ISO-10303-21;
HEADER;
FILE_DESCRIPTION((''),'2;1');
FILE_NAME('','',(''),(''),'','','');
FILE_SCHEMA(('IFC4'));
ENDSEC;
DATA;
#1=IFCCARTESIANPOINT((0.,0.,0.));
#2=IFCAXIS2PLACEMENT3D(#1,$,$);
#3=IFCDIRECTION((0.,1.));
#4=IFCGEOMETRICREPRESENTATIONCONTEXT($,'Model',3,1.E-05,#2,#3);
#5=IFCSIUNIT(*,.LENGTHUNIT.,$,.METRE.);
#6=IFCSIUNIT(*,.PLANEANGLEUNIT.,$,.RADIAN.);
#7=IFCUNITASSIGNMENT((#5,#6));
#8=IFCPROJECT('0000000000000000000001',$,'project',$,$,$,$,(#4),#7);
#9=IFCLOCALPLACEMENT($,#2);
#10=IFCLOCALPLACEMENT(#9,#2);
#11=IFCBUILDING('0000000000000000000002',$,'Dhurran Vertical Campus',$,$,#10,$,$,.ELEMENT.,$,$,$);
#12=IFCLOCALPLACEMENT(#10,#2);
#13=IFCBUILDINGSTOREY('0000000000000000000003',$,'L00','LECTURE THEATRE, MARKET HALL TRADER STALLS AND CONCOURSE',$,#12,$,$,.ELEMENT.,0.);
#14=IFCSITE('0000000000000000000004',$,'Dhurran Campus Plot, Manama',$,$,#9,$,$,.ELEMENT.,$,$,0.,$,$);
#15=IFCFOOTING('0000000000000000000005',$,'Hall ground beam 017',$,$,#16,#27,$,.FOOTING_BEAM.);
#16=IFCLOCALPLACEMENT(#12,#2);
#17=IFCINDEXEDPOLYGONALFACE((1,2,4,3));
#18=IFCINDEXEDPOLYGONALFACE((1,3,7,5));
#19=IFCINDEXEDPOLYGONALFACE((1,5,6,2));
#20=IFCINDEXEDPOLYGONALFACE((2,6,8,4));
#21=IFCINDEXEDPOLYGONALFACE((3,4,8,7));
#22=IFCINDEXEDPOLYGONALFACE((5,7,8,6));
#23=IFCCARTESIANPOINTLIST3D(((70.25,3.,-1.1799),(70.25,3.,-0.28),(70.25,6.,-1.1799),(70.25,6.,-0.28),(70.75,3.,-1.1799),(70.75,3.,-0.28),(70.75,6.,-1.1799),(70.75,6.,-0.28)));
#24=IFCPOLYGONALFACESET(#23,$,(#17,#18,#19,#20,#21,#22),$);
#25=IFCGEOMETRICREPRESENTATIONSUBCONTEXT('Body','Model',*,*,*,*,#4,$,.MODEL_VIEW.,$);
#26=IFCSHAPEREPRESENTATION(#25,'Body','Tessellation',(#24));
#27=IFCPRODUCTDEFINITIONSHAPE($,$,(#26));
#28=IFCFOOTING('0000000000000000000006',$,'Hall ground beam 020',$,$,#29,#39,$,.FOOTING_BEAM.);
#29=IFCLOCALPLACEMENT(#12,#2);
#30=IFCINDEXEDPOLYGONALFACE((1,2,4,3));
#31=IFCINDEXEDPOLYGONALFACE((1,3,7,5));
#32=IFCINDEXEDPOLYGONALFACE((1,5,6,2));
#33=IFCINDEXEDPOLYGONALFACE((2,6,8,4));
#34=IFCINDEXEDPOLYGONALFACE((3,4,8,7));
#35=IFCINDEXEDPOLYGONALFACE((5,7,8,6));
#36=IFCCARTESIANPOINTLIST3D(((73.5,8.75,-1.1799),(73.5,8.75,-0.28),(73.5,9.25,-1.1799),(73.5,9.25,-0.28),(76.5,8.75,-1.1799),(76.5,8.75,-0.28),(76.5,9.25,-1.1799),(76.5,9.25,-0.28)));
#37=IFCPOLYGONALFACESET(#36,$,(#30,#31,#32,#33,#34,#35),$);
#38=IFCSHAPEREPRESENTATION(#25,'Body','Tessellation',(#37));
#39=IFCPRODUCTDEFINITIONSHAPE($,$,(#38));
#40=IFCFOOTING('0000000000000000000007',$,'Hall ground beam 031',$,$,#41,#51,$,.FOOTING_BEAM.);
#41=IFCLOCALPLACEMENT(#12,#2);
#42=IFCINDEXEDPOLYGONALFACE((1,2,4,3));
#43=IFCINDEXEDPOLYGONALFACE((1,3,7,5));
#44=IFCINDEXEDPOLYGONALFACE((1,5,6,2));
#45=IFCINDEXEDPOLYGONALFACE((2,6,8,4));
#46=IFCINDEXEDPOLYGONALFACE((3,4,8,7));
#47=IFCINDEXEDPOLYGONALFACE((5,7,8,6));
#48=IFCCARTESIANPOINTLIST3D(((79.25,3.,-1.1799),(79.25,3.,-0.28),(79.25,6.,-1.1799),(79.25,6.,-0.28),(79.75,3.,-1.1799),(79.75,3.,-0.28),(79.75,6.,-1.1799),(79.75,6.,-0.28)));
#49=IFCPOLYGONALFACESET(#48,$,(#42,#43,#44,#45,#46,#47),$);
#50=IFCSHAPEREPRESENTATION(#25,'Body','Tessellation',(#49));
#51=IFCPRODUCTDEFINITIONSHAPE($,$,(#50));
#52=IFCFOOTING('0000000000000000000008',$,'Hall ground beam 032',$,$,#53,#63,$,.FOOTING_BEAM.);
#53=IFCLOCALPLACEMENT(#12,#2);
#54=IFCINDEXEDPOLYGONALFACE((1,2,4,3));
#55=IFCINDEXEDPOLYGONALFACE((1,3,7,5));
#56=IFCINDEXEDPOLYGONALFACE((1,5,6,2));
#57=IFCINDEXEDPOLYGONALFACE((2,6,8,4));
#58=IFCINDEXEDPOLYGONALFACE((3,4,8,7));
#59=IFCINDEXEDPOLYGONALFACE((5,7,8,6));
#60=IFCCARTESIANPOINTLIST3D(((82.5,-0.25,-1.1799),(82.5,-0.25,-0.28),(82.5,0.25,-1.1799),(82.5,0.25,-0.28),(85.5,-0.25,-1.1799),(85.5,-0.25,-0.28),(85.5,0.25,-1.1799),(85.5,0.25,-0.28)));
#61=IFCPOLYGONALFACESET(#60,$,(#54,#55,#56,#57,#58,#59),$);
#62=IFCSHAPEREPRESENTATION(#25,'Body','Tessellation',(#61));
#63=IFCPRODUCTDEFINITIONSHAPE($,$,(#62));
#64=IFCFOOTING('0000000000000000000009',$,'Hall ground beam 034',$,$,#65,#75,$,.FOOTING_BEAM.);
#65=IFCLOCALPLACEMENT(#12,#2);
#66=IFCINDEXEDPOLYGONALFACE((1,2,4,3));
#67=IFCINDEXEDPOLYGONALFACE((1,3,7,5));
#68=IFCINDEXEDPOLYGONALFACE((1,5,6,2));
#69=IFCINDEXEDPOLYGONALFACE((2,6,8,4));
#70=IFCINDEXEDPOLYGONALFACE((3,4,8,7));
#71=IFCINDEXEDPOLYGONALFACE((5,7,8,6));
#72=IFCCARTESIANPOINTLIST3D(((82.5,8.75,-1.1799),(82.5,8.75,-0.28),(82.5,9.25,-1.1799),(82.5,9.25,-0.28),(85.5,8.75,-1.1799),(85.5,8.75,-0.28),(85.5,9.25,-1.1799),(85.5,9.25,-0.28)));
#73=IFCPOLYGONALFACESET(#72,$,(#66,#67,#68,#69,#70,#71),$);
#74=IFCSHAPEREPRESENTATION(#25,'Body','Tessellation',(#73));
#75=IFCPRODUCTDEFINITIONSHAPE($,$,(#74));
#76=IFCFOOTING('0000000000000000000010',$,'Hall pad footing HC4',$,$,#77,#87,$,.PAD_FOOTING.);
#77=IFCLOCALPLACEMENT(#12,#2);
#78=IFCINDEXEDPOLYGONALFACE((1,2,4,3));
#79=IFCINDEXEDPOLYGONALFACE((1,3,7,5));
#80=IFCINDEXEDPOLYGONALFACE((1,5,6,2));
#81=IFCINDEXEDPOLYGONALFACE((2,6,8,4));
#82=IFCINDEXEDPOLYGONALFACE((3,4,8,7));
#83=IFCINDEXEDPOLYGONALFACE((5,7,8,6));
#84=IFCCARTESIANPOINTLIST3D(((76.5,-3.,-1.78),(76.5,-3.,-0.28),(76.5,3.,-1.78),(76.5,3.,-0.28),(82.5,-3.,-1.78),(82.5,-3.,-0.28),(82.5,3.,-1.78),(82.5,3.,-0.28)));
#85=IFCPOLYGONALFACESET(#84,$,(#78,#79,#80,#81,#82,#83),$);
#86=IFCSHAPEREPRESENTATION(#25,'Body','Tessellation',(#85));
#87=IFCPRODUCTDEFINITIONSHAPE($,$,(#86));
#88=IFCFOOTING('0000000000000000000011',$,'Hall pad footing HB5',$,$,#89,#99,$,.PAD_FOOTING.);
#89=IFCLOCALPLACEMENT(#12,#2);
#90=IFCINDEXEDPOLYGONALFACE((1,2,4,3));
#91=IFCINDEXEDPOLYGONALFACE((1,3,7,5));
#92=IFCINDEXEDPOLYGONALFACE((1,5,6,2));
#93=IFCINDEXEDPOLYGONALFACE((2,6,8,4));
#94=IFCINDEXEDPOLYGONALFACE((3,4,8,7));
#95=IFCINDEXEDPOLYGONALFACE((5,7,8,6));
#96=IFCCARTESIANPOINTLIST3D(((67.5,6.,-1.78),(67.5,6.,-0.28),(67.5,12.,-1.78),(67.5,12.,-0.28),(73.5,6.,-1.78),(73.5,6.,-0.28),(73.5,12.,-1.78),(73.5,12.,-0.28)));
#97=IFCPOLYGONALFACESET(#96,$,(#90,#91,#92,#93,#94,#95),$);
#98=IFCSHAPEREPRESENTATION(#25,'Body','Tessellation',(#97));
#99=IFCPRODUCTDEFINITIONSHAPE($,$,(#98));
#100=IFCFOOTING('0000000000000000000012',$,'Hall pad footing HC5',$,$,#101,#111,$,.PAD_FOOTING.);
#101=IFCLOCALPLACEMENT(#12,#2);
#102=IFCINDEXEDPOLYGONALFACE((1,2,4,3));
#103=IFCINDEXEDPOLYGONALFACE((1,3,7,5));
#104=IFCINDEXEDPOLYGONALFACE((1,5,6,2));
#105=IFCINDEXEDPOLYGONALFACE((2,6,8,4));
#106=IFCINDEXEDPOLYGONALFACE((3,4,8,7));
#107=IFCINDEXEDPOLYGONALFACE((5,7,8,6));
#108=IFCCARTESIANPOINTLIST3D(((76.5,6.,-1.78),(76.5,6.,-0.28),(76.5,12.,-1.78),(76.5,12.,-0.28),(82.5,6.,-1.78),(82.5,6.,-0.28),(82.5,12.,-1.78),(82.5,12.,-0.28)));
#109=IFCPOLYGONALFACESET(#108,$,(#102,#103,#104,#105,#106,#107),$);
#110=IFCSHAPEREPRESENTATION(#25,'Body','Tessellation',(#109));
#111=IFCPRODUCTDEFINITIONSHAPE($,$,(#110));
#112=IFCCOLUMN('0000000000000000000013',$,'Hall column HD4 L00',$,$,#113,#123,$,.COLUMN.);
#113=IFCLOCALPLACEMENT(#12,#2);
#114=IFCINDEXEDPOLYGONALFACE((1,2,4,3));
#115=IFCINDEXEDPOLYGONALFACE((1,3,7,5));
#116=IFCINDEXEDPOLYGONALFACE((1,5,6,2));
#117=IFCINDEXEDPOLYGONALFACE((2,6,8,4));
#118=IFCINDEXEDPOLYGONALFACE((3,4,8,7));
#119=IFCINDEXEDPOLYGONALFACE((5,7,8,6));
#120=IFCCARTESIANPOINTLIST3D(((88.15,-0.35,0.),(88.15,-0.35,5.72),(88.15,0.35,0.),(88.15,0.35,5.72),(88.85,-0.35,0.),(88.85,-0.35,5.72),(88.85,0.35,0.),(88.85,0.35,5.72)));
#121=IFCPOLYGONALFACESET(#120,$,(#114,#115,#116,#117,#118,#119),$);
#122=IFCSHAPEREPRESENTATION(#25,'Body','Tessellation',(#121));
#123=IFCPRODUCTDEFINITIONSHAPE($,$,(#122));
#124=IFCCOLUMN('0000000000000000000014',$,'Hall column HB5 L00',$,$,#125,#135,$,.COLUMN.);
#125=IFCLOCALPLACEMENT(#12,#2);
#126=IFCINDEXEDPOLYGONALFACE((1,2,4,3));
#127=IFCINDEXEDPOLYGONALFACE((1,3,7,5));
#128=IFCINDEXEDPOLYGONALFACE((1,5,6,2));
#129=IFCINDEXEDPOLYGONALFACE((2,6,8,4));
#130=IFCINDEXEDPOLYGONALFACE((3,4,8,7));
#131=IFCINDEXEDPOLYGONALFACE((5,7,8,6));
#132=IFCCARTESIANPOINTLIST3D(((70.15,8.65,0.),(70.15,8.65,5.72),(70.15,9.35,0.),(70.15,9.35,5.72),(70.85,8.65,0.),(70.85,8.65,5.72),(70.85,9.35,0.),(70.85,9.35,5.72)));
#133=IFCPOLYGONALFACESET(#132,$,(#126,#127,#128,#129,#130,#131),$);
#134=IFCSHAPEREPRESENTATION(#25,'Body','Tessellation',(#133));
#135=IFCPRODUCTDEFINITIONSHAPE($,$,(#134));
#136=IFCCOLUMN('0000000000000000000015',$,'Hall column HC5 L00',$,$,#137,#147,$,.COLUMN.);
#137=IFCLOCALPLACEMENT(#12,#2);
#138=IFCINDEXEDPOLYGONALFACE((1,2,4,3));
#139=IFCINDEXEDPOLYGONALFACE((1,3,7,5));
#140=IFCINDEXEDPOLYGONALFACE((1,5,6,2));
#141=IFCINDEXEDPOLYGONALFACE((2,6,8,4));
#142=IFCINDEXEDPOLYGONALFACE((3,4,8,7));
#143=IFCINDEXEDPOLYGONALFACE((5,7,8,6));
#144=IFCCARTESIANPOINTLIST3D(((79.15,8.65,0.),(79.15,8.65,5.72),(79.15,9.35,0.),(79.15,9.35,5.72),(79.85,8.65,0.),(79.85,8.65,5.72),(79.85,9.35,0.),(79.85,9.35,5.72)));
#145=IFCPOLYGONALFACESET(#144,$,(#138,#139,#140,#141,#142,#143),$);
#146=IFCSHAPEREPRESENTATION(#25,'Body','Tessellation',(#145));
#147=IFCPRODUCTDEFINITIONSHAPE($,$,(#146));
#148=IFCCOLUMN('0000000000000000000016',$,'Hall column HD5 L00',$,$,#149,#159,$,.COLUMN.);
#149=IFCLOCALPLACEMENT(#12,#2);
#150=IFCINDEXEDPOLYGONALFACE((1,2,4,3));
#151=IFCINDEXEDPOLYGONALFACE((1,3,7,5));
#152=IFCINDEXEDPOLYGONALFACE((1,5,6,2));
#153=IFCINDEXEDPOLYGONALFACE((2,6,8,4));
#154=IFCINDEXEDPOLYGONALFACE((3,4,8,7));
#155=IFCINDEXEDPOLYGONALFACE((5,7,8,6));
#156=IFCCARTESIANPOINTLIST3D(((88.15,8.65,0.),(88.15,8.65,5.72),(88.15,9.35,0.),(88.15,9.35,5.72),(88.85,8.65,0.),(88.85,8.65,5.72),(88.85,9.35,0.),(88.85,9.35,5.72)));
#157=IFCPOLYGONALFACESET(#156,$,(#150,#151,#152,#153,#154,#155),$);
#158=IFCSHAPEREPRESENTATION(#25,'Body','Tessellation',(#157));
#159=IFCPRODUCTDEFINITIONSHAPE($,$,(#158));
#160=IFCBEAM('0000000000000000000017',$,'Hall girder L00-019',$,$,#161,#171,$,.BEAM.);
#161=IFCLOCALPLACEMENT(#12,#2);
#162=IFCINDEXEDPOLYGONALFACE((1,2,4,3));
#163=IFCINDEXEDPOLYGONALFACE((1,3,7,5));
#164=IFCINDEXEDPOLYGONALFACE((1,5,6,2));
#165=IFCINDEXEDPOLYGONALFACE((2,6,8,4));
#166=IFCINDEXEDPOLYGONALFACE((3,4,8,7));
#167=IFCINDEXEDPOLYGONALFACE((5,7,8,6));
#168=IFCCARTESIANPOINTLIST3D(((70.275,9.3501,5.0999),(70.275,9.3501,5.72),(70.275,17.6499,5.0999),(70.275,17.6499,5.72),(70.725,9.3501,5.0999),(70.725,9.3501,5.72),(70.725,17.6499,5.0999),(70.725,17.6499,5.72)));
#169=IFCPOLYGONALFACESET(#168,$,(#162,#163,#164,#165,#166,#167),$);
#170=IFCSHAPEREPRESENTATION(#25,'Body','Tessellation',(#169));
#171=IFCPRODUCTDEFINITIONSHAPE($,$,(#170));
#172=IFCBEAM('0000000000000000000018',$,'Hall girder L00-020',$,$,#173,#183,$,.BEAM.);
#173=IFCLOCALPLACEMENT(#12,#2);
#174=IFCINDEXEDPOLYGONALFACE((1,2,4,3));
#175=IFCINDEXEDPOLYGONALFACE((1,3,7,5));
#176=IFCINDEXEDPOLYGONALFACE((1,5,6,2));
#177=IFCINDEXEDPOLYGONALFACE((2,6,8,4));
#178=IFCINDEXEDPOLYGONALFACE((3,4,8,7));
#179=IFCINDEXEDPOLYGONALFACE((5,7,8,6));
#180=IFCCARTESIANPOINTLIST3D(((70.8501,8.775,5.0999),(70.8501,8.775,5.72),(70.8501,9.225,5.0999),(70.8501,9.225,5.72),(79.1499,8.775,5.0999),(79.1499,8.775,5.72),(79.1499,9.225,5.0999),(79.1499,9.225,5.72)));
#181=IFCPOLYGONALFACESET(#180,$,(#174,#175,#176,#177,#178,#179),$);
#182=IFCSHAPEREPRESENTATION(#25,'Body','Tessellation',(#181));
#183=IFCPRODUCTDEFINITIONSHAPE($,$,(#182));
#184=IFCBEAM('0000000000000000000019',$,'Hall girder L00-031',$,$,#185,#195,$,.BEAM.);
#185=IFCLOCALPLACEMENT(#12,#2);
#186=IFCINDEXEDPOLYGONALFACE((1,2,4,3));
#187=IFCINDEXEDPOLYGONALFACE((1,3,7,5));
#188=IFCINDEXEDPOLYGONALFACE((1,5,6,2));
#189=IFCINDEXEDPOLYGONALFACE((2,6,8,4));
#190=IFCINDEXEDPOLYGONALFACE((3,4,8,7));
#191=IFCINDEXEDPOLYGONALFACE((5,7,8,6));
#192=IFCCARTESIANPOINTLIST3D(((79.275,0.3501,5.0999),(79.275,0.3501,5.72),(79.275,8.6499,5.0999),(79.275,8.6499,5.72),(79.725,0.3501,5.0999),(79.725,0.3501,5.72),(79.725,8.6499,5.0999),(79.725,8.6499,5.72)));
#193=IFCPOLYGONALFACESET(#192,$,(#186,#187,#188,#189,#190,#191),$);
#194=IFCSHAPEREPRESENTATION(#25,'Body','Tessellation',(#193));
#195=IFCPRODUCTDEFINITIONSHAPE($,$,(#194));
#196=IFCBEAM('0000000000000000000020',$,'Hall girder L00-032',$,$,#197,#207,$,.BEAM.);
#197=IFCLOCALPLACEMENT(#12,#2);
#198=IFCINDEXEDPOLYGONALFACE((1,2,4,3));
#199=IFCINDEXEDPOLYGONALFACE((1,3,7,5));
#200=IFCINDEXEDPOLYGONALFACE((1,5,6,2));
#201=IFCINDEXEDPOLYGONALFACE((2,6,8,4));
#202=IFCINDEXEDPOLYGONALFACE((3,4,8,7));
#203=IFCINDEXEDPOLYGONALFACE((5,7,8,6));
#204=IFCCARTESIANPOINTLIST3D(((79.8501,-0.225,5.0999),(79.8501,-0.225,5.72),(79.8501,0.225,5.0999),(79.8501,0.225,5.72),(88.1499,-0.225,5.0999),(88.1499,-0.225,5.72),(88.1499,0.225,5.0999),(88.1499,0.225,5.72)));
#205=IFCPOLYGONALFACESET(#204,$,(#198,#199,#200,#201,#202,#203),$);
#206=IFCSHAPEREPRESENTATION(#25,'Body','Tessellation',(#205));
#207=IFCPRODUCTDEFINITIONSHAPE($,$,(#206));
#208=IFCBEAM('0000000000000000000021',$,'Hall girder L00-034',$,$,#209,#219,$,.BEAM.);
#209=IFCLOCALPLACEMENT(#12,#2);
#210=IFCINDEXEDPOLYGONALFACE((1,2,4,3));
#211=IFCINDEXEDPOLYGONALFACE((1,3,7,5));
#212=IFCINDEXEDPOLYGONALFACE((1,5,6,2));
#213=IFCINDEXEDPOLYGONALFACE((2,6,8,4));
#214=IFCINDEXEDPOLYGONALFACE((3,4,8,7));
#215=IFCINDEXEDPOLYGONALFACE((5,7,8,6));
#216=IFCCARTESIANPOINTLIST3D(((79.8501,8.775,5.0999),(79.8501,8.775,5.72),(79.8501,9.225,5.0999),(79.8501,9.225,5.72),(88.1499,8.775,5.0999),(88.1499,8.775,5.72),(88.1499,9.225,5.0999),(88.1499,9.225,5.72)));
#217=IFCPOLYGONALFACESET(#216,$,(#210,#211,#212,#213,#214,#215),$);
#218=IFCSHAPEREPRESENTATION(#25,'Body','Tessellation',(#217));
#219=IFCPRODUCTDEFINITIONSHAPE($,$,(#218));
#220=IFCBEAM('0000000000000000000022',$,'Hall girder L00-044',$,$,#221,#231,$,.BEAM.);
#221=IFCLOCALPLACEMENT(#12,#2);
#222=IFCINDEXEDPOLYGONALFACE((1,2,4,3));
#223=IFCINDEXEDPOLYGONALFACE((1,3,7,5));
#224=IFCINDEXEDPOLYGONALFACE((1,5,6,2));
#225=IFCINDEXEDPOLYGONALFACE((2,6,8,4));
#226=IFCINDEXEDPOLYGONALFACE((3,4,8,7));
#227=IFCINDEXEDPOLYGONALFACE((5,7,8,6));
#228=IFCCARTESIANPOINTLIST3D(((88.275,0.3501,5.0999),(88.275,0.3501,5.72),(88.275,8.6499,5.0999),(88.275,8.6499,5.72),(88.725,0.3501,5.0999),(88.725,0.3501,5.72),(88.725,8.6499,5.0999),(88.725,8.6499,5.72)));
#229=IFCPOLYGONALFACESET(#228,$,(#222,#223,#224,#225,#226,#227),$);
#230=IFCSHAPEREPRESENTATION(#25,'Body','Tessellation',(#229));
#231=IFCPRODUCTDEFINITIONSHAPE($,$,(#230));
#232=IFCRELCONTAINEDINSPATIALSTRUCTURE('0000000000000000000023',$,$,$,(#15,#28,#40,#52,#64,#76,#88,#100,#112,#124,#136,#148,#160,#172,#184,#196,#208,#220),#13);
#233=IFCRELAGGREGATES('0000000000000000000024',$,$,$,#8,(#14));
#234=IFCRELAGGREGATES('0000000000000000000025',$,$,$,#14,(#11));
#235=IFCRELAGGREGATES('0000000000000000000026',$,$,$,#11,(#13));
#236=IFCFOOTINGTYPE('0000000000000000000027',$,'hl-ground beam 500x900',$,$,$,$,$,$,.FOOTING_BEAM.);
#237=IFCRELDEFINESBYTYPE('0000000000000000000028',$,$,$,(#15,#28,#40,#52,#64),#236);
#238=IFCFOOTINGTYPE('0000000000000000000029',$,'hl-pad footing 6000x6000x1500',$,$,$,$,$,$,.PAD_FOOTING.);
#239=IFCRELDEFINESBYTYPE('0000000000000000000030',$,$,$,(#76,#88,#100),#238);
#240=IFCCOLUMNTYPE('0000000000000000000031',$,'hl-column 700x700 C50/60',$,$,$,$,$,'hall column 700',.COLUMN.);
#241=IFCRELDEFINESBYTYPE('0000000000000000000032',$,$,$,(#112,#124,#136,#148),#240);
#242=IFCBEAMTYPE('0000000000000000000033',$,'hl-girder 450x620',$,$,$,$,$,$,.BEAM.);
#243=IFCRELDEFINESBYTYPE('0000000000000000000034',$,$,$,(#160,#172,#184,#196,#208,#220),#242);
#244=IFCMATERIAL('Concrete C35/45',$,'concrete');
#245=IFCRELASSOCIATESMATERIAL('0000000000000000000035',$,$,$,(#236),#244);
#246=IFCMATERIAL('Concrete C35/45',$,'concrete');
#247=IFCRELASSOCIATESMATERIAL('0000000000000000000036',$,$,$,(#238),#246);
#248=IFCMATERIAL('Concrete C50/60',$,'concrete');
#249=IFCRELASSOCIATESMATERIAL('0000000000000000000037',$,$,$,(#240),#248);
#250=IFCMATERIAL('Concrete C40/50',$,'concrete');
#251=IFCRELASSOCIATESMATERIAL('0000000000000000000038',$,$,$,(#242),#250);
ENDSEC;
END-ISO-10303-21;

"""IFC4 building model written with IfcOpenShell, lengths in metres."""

from ifc_helpers import new_model, si_unit, direction, frame, origin, origin_2d, place, context, subcontext, project, spatial, rectangle, extrude, material, material_profile, profile_set, type_object, element, save


model = new_model("IFC4")

# Units and contexts
model_context = context("Model", 3, precision=1e-05, world=origin(), true_north=direction((0.0, 1.0)))
body_context = subcontext(model_context, "Body", "Model", "MODEL_VIEW")
ifc_project = project(units=[si_unit("LENGTHUNIT", "METRE"), si_unit("PLANEANGLEUNIT", "RADIAN")], contexts=[model_context])

# Site, building, storey
site_placement = place(None, origin())
site = spatial("IfcSite", under=ifc_project, at=site_placement, Name="Dhurran Campus Plot, Manama", CompositionType="ELEMENT", RefElevation=0.0)
building_placement = place(site_placement, origin())
building = spatial("IfcBuilding", under=site, at=building_placement, Name="Dhurran Vertical Campus", CompositionType="ELEMENT")
storey_placement = place(building_placement, origin())
storey = spatial("IfcBuildingStorey", under=building, at=storey_placement, Name="L00", Description="LECTURE THEATRE, MARKET HALL TRADER STALLS AND CONCOURSE", CompositionType="ELEMENT", Elevation=0.0)

# Footings
ifc_material_1 = material(Name="Concrete C35/45", Category="concrete")
ifc_material_profile_1 = material_profile(ifc_material_1, rectangle(XDim=0.5, YDim=0.8999, at=origin_2d()), Name="hl-ground beam 500x900")
ifc_profile_set_1 = profile_set([ifc_material_profile_1], Name="Concrete C35/45")
footing_type_1 = type_object("IfcFootingType", Name="hl-ground beam 500x900", PredefinedType="FOOTING_BEAM", material=ifc_profile_set_1)
for number, where, z_axis, x_axis, name in (
    (1, (70.5, 3.0, -0.73), (0.0, 1.0, 0.0), (-1.0, 0.0, 0.0), "Hall ground beam 017"),
    (2, (73.5, 9.0, -0.73), (1.0, 0.0, 0.0), (0.0, 1.0, 0.0), "Hall ground beam 020"),
    (3, (79.5, 3.0, -0.73), (0.0, 1.0, 0.0), (-1.0, 0.0, 0.0), "Hall ground beam 031"),
    (4, (82.5, 0.0, -0.73), (1.0, 0.0, 0.0), (0.0, 1.0, 0.0), "Hall ground beam 032"),
    (5, (82.5, 9.0, -0.73), (1.0, 0.0, 0.0), (0.0, 1.0, 0.0), "Hall ground beam 034"),
):
    element("IfcFooting", number, at=place(storey_placement, frame(where, z_axis=z_axis, x_axis=x_axis)), inside=storey, type_object=footing_type_1, Name=name, PredefinedType="FOOTING_BEAM", context=body_context, shape_type="SweptSolid", body=[
        extrude(rectangle(XDim=0.5, YDim=0.8999, at=origin_2d()), origin(), (0.0, 0.0, 1.0), 3.0),
    ])
ifc_material_2 = material(Name="Concrete C35/45", Category="concrete")
footing_type_2 = type_object("IfcFootingType", Name="hl-pad footing 6000x6000x1500", PredefinedType="PAD_FOOTING", material=ifc_material_2)
for number, where, z_axis, x_axis, name in (
    (6, (79.5, 0.0, -1.78), (0.0, 0.0, 1.0), (1.0, 0.0, 0.0), "Hall pad footing HC4"),
    (7, (70.5, 9.0, -1.78), (0.0, 0.0, 1.0), (1.0, 0.0, 0.0), "Hall pad footing HB5"),
    (8, (79.5, 9.0, -1.78), (0.0, 0.0, 1.0), (1.0, 0.0, 0.0), "Hall pad footing HC5"),
):
    element("IfcFooting", number, at=place(storey_placement, frame(where, z_axis=z_axis, x_axis=x_axis)), inside=storey, type_object=footing_type_2, Name=name, PredefinedType="PAD_FOOTING", context=body_context, shape_type="SweptSolid", body=[
        extrude(rectangle(XDim=6.0, YDim=6.0, at=origin_2d()), origin(), (0.0, 0.0, 1.0), 1.5),
    ])

# Columns
ifc_material_3 = material(Name="Concrete C50/60", Category="concrete")
ifc_material_profile_2 = material_profile(ifc_material_3, rectangle(XDim=0.7, YDim=0.7, at=origin_2d()), Name="hl-column 700x700 C50/60")
ifc_profile_set_2 = profile_set([ifc_material_profile_2], Name="Concrete C50/60")
column_type = type_object("IfcColumnType", Name="hl-column 700x700 C50/60", ElementType="hall column 700", PredefinedType="COLUMN", material=ifc_profile_set_2)
for number, where, z_axis, x_axis, name in (
    (9, (88.5, 0.0, 0.0), (0.0, 0.0, 1.0), (1.0, 0.0, 0.0), "Hall column HD4 L00"),
    (10, (70.5, 9.0, 0.0), (0.0, 0.0, 1.0), (1.0, 0.0, 0.0), "Hall column HB5 L00"),
    (11, (79.5, 9.0, 0.0), (0.0, 0.0, 1.0), (1.0, 0.0, 0.0), "Hall column HC5 L00"),
    (12, (88.5, 9.0, 0.0), (0.0, 0.0, 1.0), (1.0, 0.0, 0.0), "Hall column HD5 L00"),
):
    element("IfcColumn", number, at=place(storey_placement, frame(where, z_axis=z_axis, x_axis=x_axis)), inside=storey, type_object=column_type, Name=name, PredefinedType="COLUMN", context=body_context, shape_type="SweptSolid", body=[
        extrude(rectangle(XDim=0.7, YDim=0.7, at=origin_2d()), origin(), (0.0, 0.0, 1.0), 5.72),
    ])

# Beams
ifc_material_4 = material(Name="Concrete C40/50", Category="concrete")
ifc_material_profile_3 = material_profile(ifc_material_4, rectangle(XDim=0.45, YDim=0.6201, at=origin_2d()), Name="hl-girder 450x620")
ifc_profile_set_3 = profile_set([ifc_material_profile_3], Name="Concrete C40/50")
beam_type = type_object("IfcBeamType", Name="hl-girder 450x620", PredefinedType="BEAM", material=ifc_profile_set_3)
for number, where, z_axis, x_axis, name in (
    (13, (70.5, 9.3501, 5.4099), (0.0, 1.0, 0.0), (-1.0, 0.0, 0.0), "Hall girder L00-019"),
    (14, (70.8501, 9.0, 5.4099), (1.0, 0.0, 0.0), (0.0, 1.0, 0.0), "Hall girder L00-020"),
    (15, (79.5, 0.3501, 5.4099), (0.0, 1.0, 0.0), (-1.0, 0.0, 0.0), "Hall girder L00-031"),
    (16, (79.8501, 0.0, 5.4099), (1.0, 0.0, 0.0), (0.0, 1.0, 0.0), "Hall girder L00-032"),
    (17, (79.8501, 9.0, 5.4099), (1.0, 0.0, 0.0), (0.0, 1.0, 0.0), "Hall girder L00-034"),
    (18, (88.5, 0.3501, 5.4099), (0.0, 1.0, 0.0), (-1.0, 0.0, 0.0), "Hall girder L00-044"),
):
    element("IfcBeam", number, at=place(storey_placement, frame(where, z_axis=z_axis, x_axis=x_axis)), inside=storey, type_object=beam_type, Name=name, PredefinedType="BEAM", context=body_context, shape_type="SweptSolid", body=[
        extrude(rectangle(XDim=0.45, YDim=0.6201, at=origin_2d()), origin(), (0.0, 0.0, 1.0), 8.2998),
    ])

save(model, "model.ifc")
